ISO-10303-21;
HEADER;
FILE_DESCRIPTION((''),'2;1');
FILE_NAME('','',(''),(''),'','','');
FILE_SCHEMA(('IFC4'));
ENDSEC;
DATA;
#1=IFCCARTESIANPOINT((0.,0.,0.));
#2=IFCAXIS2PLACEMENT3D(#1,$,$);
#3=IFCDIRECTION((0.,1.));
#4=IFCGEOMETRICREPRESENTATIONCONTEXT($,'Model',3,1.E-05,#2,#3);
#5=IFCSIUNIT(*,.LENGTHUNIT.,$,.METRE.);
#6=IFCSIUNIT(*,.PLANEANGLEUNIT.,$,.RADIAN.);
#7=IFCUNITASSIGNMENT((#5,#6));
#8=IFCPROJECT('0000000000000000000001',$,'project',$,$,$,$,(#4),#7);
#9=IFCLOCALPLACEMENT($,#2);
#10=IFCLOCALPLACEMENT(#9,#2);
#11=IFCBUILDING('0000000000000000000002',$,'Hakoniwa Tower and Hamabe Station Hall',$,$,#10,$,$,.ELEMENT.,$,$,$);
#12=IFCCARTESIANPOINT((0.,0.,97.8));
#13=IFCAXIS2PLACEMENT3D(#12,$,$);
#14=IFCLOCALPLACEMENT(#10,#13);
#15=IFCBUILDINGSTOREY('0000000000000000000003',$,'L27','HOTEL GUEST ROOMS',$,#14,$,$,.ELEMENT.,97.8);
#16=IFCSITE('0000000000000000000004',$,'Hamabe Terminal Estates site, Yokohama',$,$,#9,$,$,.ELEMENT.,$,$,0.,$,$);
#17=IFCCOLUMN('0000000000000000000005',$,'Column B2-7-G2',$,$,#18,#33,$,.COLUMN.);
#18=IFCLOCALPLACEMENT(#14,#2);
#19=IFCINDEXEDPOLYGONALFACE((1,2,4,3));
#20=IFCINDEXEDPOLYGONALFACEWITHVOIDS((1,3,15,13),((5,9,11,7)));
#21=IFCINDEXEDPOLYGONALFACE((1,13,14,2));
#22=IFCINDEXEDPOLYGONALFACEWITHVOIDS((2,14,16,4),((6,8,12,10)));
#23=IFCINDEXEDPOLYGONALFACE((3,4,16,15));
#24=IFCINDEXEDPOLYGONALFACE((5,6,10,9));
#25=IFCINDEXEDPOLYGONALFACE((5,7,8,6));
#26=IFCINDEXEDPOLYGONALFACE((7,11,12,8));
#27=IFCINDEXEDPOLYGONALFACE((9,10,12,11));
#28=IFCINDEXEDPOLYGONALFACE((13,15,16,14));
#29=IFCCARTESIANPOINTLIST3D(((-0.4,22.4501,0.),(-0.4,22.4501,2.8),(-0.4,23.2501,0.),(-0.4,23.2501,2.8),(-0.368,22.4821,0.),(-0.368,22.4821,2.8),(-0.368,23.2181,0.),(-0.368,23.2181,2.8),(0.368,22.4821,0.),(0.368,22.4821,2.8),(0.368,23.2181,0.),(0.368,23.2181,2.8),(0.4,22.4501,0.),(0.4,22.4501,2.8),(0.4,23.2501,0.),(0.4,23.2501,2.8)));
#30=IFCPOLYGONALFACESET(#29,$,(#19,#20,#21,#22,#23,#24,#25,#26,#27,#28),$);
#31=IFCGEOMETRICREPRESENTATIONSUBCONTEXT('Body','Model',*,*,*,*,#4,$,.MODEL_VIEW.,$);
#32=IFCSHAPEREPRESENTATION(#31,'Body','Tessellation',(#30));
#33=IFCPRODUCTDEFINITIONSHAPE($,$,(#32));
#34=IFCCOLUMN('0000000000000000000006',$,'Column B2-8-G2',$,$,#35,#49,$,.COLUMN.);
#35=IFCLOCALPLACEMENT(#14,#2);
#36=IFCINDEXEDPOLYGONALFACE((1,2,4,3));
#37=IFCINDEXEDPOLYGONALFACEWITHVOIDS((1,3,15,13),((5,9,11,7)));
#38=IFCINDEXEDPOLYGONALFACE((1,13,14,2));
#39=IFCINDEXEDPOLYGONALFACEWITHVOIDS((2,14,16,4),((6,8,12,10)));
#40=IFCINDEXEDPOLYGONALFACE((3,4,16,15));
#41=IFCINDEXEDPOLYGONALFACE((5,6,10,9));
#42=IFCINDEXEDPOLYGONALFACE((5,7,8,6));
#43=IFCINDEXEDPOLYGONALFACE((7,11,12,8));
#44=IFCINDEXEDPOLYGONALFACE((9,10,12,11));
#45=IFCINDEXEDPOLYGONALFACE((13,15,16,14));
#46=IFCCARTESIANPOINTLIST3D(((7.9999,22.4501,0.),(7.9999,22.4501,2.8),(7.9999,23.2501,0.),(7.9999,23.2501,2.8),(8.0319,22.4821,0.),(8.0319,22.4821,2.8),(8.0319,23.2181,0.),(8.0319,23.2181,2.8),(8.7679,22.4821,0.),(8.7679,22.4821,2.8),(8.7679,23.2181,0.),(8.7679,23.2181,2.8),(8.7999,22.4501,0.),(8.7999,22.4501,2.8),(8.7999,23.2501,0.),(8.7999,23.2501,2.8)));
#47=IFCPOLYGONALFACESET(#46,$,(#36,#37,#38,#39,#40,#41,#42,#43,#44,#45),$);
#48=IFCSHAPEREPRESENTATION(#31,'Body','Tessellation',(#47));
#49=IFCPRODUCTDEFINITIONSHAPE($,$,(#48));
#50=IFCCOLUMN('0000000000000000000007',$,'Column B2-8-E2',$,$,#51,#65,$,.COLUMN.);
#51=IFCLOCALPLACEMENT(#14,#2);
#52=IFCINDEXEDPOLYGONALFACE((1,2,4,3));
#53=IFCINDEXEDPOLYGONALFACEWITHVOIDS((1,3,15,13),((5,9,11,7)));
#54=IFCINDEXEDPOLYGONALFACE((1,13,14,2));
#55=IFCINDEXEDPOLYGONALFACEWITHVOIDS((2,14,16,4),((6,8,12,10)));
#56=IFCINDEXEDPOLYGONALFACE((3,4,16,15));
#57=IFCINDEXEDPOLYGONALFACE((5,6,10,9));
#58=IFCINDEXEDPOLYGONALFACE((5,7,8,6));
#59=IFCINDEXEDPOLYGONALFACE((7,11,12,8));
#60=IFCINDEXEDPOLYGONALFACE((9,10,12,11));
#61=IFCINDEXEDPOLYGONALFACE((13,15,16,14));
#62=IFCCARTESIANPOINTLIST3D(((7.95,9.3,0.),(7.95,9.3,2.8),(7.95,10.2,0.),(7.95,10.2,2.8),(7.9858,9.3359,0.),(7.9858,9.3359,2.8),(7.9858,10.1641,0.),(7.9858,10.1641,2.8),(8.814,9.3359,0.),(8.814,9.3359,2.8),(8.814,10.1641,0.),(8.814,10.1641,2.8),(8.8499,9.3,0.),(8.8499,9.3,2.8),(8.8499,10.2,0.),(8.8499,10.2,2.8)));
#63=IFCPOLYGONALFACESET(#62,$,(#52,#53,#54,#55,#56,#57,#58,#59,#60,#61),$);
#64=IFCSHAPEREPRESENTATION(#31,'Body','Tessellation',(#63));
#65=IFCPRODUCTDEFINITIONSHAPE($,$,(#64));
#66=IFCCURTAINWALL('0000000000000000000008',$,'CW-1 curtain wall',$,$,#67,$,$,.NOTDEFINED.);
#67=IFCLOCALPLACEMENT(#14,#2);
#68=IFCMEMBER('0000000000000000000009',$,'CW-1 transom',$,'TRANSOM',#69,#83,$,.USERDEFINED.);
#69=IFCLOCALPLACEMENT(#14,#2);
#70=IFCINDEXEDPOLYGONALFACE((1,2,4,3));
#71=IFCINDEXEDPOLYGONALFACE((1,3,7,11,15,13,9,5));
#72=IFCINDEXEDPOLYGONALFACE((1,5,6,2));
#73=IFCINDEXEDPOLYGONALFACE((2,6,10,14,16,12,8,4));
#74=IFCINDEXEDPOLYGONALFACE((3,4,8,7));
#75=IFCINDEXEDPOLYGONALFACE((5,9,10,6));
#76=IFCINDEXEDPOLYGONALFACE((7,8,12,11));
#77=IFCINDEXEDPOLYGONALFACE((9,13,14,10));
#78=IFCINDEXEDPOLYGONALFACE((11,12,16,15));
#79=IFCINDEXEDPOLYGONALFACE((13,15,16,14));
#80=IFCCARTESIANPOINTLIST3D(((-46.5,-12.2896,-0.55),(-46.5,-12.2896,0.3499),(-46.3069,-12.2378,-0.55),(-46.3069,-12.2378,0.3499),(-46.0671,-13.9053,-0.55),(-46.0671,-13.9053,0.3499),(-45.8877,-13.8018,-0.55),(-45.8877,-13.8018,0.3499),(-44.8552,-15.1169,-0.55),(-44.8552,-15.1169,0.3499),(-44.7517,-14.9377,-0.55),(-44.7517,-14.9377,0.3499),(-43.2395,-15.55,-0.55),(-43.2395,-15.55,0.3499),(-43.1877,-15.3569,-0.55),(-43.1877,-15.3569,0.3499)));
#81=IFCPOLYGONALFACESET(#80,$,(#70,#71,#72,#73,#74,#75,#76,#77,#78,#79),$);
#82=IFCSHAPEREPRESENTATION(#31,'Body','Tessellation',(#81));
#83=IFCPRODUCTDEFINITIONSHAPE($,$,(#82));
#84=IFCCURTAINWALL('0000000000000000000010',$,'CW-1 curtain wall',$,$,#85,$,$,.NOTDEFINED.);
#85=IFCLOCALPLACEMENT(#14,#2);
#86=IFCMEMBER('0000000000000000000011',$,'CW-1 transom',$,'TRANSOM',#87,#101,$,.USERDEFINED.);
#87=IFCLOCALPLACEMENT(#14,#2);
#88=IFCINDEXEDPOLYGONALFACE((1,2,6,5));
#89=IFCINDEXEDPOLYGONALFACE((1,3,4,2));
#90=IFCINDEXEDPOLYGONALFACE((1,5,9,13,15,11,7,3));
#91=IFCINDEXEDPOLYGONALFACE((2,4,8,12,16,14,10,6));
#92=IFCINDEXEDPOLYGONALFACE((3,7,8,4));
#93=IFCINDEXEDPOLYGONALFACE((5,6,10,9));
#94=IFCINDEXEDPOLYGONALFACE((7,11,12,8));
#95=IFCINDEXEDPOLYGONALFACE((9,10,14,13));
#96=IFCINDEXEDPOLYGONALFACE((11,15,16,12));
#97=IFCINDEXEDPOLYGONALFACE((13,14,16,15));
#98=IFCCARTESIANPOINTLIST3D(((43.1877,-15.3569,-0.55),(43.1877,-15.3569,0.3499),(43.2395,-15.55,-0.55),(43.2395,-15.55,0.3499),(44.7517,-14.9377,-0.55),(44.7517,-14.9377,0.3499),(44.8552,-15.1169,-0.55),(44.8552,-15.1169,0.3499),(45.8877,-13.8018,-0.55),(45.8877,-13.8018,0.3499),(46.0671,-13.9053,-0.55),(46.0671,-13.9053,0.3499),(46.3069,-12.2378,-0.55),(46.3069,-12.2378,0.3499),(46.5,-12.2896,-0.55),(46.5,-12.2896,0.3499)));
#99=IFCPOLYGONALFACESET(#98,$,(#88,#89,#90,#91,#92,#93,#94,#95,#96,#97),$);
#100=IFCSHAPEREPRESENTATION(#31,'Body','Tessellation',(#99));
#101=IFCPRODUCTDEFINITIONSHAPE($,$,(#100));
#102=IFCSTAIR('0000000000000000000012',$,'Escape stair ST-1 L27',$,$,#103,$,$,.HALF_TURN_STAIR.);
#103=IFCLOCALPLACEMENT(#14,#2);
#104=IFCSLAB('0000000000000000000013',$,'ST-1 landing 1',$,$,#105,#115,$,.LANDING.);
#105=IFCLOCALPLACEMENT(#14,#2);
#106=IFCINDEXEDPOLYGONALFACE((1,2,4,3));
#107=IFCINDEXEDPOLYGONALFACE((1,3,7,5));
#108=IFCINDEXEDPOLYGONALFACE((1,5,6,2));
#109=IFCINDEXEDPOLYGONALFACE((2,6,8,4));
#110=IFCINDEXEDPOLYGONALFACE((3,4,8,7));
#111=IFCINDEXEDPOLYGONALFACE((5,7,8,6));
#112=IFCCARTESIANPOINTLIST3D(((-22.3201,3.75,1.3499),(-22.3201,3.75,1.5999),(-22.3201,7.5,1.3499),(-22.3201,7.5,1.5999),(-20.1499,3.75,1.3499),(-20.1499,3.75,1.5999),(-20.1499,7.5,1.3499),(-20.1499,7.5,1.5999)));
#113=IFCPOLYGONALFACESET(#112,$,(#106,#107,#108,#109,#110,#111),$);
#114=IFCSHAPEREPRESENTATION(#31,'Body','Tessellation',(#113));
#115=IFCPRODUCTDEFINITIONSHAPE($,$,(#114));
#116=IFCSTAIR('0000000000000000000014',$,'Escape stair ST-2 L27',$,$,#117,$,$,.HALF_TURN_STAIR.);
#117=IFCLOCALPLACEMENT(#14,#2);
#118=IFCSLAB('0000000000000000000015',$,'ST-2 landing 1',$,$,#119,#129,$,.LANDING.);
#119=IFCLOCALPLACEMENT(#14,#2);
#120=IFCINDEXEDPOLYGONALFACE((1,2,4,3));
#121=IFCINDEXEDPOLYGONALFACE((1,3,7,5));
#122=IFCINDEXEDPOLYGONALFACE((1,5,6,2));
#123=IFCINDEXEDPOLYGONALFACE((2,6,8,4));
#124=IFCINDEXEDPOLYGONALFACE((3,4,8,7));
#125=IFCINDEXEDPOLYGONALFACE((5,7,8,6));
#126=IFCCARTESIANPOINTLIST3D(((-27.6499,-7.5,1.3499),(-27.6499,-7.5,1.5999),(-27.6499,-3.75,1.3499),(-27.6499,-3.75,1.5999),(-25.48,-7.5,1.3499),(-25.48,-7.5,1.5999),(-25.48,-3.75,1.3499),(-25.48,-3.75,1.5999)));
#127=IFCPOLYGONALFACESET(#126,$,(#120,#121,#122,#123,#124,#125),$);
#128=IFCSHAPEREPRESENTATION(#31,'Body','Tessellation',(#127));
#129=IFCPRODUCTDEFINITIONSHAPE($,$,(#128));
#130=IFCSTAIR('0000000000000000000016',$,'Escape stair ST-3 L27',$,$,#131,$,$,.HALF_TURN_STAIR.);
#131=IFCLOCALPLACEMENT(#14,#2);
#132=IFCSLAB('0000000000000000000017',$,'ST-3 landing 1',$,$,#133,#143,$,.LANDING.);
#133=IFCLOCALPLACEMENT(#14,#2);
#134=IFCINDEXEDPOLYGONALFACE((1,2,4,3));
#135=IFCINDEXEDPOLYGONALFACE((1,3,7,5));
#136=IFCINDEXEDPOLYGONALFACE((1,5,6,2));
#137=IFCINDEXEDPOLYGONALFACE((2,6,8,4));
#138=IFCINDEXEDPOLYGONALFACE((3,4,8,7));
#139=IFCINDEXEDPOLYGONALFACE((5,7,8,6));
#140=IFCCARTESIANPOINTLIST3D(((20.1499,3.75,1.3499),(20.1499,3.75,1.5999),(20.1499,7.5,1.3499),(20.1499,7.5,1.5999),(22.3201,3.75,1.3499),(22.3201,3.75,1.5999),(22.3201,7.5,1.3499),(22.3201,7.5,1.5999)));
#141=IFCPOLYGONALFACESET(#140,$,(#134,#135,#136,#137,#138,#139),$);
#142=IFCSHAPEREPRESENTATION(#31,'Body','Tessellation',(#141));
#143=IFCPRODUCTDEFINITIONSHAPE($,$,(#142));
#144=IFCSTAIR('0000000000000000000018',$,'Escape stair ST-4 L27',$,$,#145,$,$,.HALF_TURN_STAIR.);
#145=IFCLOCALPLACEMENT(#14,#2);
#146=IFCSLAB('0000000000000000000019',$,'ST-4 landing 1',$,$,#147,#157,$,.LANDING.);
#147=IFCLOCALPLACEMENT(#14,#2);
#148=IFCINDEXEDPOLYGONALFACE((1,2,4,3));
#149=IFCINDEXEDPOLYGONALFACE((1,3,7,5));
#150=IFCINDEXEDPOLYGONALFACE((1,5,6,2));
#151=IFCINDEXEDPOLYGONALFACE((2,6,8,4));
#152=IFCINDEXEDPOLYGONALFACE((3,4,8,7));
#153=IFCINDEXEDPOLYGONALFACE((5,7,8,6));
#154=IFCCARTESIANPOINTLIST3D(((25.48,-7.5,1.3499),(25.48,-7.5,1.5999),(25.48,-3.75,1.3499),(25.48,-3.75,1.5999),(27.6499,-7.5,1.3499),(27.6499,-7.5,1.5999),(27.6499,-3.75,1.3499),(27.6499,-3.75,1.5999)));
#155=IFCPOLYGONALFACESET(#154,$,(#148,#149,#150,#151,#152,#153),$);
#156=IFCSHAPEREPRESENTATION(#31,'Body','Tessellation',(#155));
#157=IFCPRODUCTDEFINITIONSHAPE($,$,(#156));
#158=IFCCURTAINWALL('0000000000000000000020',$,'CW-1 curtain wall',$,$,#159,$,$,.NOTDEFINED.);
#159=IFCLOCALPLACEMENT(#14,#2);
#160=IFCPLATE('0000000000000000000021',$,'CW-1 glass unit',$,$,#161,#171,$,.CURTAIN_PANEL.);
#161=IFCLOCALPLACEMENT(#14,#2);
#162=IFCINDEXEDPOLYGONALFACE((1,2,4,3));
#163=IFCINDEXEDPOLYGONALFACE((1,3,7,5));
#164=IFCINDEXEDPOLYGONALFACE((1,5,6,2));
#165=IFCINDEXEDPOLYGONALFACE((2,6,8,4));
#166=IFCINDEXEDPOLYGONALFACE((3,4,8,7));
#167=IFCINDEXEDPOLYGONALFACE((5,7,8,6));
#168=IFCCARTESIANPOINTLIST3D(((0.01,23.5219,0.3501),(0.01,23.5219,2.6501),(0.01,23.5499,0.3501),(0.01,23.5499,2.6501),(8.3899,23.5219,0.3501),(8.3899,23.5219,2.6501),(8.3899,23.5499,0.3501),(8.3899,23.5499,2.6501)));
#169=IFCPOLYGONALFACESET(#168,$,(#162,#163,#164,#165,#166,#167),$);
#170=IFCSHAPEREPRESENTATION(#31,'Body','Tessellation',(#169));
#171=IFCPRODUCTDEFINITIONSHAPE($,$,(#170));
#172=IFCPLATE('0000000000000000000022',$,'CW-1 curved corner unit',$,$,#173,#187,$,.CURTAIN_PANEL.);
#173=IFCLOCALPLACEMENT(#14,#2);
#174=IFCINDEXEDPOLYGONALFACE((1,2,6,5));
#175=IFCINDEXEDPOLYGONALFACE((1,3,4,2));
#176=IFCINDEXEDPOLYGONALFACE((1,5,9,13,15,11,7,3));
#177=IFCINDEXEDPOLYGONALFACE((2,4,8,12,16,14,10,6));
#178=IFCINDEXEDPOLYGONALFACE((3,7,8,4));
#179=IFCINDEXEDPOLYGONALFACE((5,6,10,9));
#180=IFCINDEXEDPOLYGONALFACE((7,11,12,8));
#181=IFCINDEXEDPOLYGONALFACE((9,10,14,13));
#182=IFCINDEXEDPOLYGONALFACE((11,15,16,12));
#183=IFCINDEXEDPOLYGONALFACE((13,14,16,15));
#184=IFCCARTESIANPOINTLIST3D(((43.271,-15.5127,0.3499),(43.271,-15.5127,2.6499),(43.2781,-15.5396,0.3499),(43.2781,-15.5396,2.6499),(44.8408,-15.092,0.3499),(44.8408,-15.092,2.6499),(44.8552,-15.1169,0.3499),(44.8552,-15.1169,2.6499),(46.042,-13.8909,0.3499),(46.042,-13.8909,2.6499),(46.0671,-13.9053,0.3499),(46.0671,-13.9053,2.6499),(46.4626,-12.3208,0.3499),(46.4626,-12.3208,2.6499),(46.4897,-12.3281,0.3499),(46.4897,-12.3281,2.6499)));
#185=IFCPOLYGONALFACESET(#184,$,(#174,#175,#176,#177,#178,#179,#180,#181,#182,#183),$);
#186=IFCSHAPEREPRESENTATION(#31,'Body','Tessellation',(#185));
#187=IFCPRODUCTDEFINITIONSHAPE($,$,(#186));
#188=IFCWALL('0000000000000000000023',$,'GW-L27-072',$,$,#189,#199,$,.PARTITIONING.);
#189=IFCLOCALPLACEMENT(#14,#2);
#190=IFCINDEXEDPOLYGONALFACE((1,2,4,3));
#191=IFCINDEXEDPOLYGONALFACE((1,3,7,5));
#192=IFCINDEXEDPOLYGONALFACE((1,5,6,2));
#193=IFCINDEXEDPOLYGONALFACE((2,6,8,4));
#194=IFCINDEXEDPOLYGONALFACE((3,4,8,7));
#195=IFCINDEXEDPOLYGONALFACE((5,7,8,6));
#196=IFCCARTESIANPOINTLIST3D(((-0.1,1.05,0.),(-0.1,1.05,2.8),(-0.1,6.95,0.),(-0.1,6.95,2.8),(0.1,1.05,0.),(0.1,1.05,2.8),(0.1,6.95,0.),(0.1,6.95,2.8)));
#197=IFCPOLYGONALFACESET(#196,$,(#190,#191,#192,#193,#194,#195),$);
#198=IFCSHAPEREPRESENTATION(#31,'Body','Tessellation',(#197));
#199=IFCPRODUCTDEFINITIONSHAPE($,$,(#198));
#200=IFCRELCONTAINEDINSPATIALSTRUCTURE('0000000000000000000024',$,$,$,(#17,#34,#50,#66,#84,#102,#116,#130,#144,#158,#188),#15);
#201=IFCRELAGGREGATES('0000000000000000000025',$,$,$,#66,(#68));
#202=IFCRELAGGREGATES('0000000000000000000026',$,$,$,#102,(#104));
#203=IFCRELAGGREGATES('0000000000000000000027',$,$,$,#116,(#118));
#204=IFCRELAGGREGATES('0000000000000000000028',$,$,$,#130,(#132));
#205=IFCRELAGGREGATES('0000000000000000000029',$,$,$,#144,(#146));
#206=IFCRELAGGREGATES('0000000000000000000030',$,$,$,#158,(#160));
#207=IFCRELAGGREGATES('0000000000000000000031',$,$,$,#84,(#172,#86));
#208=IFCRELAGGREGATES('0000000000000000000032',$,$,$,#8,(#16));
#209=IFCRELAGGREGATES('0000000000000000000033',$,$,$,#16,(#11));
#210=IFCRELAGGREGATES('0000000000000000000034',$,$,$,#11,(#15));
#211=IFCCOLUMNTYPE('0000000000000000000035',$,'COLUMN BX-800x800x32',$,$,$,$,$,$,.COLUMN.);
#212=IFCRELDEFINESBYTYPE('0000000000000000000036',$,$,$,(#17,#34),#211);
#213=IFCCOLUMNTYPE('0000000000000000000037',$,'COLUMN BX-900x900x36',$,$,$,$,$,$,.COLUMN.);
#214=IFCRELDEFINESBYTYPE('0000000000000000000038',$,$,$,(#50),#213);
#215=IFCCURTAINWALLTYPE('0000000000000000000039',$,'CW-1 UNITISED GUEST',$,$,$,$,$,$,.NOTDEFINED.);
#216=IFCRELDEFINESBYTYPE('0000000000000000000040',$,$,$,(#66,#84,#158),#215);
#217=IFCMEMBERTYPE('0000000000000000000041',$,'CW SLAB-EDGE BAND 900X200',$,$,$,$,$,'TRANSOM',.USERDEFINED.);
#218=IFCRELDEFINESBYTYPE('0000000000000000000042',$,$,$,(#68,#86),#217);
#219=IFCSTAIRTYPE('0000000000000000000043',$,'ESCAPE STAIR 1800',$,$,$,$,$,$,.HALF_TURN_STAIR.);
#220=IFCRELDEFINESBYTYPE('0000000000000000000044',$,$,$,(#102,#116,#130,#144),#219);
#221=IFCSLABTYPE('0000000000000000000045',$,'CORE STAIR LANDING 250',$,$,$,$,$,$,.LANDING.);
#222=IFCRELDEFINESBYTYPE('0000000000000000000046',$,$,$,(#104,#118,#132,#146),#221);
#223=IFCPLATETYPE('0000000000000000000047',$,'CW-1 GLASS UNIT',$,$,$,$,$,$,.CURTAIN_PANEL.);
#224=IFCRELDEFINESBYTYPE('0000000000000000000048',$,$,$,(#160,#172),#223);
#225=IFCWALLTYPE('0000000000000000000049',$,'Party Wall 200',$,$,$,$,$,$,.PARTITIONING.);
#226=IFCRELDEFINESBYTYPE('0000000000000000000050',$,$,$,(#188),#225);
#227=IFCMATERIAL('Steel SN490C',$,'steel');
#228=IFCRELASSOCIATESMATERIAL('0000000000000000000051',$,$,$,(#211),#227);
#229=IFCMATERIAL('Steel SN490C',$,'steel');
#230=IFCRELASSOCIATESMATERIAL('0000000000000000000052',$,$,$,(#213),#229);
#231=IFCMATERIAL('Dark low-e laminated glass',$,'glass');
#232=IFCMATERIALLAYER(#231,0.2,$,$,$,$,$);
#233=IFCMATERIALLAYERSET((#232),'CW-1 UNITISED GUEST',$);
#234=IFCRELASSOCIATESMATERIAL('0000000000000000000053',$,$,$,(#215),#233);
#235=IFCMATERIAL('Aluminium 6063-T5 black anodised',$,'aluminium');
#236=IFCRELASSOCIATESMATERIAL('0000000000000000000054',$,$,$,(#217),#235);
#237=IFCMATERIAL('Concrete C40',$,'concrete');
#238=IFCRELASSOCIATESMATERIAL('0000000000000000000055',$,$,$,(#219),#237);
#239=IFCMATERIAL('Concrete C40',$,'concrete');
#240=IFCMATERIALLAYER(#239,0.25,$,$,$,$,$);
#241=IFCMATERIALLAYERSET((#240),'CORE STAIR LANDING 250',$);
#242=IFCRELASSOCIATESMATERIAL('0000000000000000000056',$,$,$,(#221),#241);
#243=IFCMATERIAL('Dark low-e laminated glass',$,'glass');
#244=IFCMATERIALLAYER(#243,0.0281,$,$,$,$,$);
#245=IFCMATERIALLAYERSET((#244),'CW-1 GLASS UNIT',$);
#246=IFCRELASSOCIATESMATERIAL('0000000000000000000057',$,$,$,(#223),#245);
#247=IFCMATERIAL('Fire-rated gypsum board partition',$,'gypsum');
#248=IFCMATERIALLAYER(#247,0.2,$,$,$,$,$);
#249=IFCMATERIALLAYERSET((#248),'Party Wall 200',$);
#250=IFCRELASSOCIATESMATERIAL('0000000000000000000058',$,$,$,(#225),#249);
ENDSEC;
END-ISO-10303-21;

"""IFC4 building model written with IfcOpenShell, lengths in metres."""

from ifc_helpers import new_model, si_unit, direction, frame, frame_2d, origin, origin_2d, place, context, subcontext, project, spatial, polyline, rectangle, hollow_rectangle, outline, extrude, material, layer, layer_set, material_profile, profile_set, type_object, element, aggregate, save


model = new_model("IFC4")

# Units and contexts
model_context = context("Model", 3, precision=1e-05, world=origin(), true_north=direction((0.0, 1.0)))
body_context = subcontext(model_context, "Body", "Model", "MODEL_VIEW")
ifc_project = project(units=[si_unit("LENGTHUNIT", "METRE"), si_unit("PLANEANGLEUNIT", "RADIAN")], contexts=[model_context])

# Site, building, storey
site_placement = place(None, origin())
site = spatial("IfcSite", under=ifc_project, at=site_placement, Name="Hamabe Terminal Estates site, Yokohama", CompositionType="ELEMENT", RefElevation=0.0)
building_placement = place(site_placement, origin())
building = spatial("IfcBuilding", under=site, at=building_placement, Name="Hakoniwa Tower and Hamabe Station Hall", CompositionType="ELEMENT")
storey_placement = place(building_placement, frame((0.0, 0.0, 97.8)))
storey = spatial("IfcBuildingStorey", under=building, at=storey_placement, Name="L27", Description="HOTEL GUEST ROOMS", CompositionType="ELEMENT", Elevation=97.8)

# Columns
ifc_material_1 = material(Name="Steel SN490C", Category="steel")
ifc_material_profile_1 = material_profile(ifc_material_1, hollow_rectangle(XDim=0.8, YDim=0.8, WallThickness=0.032, at=origin_2d()), Name="BX-800x800x32")
ifc_profile_set_1 = profile_set([ifc_material_profile_1], Name="Steel SN490C")
column_type_1 = type_object("IfcColumnType", Name="COLUMN BX-800x800x32", PredefinedType="COLUMN", material=ifc_profile_set_1)
for number, where, z_axis, x_axis, name in (
    (1, (0.0, 22.8501, 0.0), (0.0, 0.0, 1.0), (1.0, 0.0, 0.0), "Column B2-7-G2"),
    (2, (8.3999, 22.8501, 0.0), (0.0, 0.0, 1.0), (1.0, 0.0, 0.0), "Column B2-8-G2"),
):
    element("IfcColumn", number, at=place(storey_placement, frame(where, z_axis=z_axis, x_axis=x_axis)), inside=storey, type_object=column_type_1, Name=name, PredefinedType="COLUMN", context=body_context, shape_type="SweptSolid", body=[
        extrude(hollow_rectangle(XDim=0.8, YDim=0.8, WallThickness=0.032, at=origin_2d()), origin(), (0.0, 0.0, 1.0), 2.8),
    ])
ifc_material_2 = material(Name="Steel SN490C", Category="steel")
ifc_material_profile_2 = material_profile(ifc_material_2, hollow_rectangle(XDim=0.8999, YDim=0.8999, WallThickness=0.0359, at=origin_2d()), Name="BX-900x900x36")
ifc_profile_set_2 = profile_set([ifc_material_profile_2], Name="Steel SN490C")
column_type_2 = type_object("IfcColumnType", Name="COLUMN BX-900x900x36", PredefinedType="COLUMN", material=ifc_profile_set_2)
column_placement = place(storey_placement, frame((8.3999, 9.75, 0.0), z_axis=(0.0, 0.0, 1.0), x_axis=(1.0, 0.0, 0.0)))
element("IfcColumn", 3, at=column_placement, inside=storey, type_object=column_type_2, Name="Column B2-8-E2", PredefinedType="COLUMN", context=body_context, shape_type="SweptSolid", body=[
    extrude(hollow_rectangle(XDim=0.8999, YDim=0.8999, WallThickness=0.0359, at=origin_2d()), origin(), (0.0, 0.0, 1.0), 2.8),
])

# Curtain walls, members
ifc_material_3 = material(Name="Dark low-e laminated glass", Category="glass")
ifc_layer_1 = layer(ifc_material_3, 0.2)
ifc_layer_set_1 = layer_set([ifc_layer_1], Name="CW-1 UNITISED GUEST")
curtain_wall_type = type_object("IfcCurtainWallType", Name="CW-1 UNITISED GUEST", PredefinedType="NOTDEFINED", material=ifc_layer_set_1)
curtain_wall_1_placement = place(storey_placement, origin())
curtain_wall_1 = element("IfcCurtainWall", 4, at=curtain_wall_1_placement, inside=storey, type_object=curtain_wall_type, Name="CW-1 curtain wall", PredefinedType="NOTDEFINED")
ifc_material_4 = material(Name="Aluminium 6063-T5 black anodised", Category="aluminium")
ifc_material_profile_3 = material_profile(ifc_material_4, rectangle(XDim=0.2, YDim=0.8999, at=origin_2d()), Name="CW SLAB-EDGE BAND 900X200")
ifc_profile_set_3 = profile_set([ifc_material_profile_3], Name="Aluminium 6063-T5 black anodised")
member_type = type_object("IfcMemberType", Name="CW SLAB-EDGE BAND 900X200", ElementType="TRANSOM", PredefinedType="USERDEFINED", material=ifc_profile_set_3)
member_1_placement = place(storey_placement, frame((0.0, 0.0, -0.55)))
member_1 = element("IfcMember", 5, at=member_1_placement, type_object=member_type, Name="CW-1 transom", ObjectType="TRANSOM", PredefinedType="USERDEFINED", context=body_context, shape_type="SweptSolid", body=[
    extrude(outline(polyline([(-46.5, -12.2896), (-46.0671, -13.9053), (-44.8552, -15.1169), (-43.2395, -15.55), (-43.1877, -15.3569), (-44.7517, -14.9377), (-45.8877, -13.8018), (-46.3069, -12.2378), (-46.5, -12.2896)])), origin(), (0.0, 0.0, 1.0), 0.8999),
])
aggregate(curtain_wall_1, [member_1])
curtain_wall_2_placement = place(storey_placement, origin())
curtain_wall_2 = element("IfcCurtainWall", 6, at=curtain_wall_2_placement, inside=storey, type_object=curtain_wall_type, Name="CW-1 curtain wall", PredefinedType="NOTDEFINED")
member_2_placement = place(storey_placement, frame((0.0, 0.0, -0.55)))
member_2 = element("IfcMember", 7, at=member_2_placement, type_object=member_type, Name="CW-1 transom", ObjectType="TRANSOM", PredefinedType="USERDEFINED", context=body_context, shape_type="SweptSolid", body=[
    extrude(outline(polyline([(43.2395, -15.55), (44.8552, -15.1169), (46.0671, -13.9053), (46.5, -12.2896), (46.3069, -12.2378), (45.8877, -13.8018), (44.7517, -14.9377), (43.1877, -15.3569), (43.2395, -15.55)])), origin(), (0.0, 0.0, 1.0), 0.8999),
])

# Stairs, slabs
ifc_material_5 = material(Name="Concrete C40", Category="concrete")
stair_type = type_object("IfcStairType", Name="ESCAPE STAIR 1800", PredefinedType="HALF_TURN_STAIR", material=ifc_material_5)
stair_1_placement = place(storey_placement, origin())
stair_1 = element("IfcStair", 8, at=stair_1_placement, inside=storey, type_object=stair_type, Name="Escape stair ST-1 L27", PredefinedType="HALF_TURN_STAIR")
ifc_material_6 = material(Name="Concrete C40", Category="concrete")
ifc_layer_2 = layer(ifc_material_6, 0.25)
ifc_layer_set_2 = layer_set([ifc_layer_2], Name="CORE STAIR LANDING 250")
slab_type = type_object("IfcSlabType", Name="CORE STAIR LANDING 250", PredefinedType="LANDING", material=ifc_layer_set_2)
slab_1_placement = place(storey_placement, frame((0.0, 0.0, 1.3499)))
slab_1 = element("IfcSlab", 9, at=slab_1_placement, type_object=slab_type, Name="ST-1 landing 1", PredefinedType="LANDING", context=body_context, shape_type="SweptSolid", body=[
    extrude(outline(polyline([(-22.3201, 3.75), (-20.1499, 3.75), (-20.1499, 7.5), (-22.3201, 7.5), (-22.3201, 3.75)])), origin(), (0.0, 0.0, 1.0), 0.25),
])
aggregate(stair_1, [slab_1])
stair_2_placement = place(storey_placement, origin())
stair_2 = element("IfcStair", 10, at=stair_2_placement, inside=storey, type_object=stair_type, Name="Escape stair ST-2 L27", PredefinedType="HALF_TURN_STAIR")
slab_2_placement = place(storey_placement, frame((0.0, 0.0, 1.3499)))
slab_2 = element("IfcSlab", 11, at=slab_2_placement, type_object=slab_type, Name="ST-2 landing 1", PredefinedType="LANDING", context=body_context, shape_type="SweptSolid", body=[
    extrude(outline(polyline([(-25.48, -7.5), (-27.6499, -7.5), (-27.6499, -3.75), (-25.48, -3.75), (-25.48, -7.5)])), origin(), (0.0, 0.0, 1.0), 0.25),
])
aggregate(stair_2, [slab_2])
stair_3_placement = place(storey_placement, origin())
stair_3 = element("IfcStair", 12, at=stair_3_placement, inside=storey, type_object=stair_type, Name="Escape stair ST-3 L27", PredefinedType="HALF_TURN_STAIR")
slab_3_placement = place(storey_placement, frame((0.0, 0.0, 1.3499)))
slab_3 = element("IfcSlab", 13, at=slab_3_placement, type_object=slab_type, Name="ST-3 landing 1", PredefinedType="LANDING", context=body_context, shape_type="SweptSolid", body=[
    extrude(outline(polyline([(22.3201, 3.75), (20.1499, 3.75), (20.1499, 7.5), (22.3201, 7.5), (22.3201, 3.75)])), origin(), (0.0, 0.0, 1.0), 0.25),
])
aggregate(stair_3, [slab_3])
stair_4_placement = place(storey_placement, origin())
stair_4 = element("IfcStair", 14, at=stair_4_placement, inside=storey, type_object=stair_type, Name="Escape stair ST-4 L27", PredefinedType="HALF_TURN_STAIR")
slab_4_placement = place(storey_placement, frame((0.0, 0.0, 1.3499)))
slab_4 = element("IfcSlab", 15, at=slab_4_placement, type_object=slab_type, Name="ST-4 landing 1", PredefinedType="LANDING", context=body_context, shape_type="SweptSolid", body=[
    extrude(outline(polyline([(25.48, -7.5), (27.6499, -7.5), (27.6499, -3.75), (25.48, -3.75), (25.48, -7.5)])), origin(), (0.0, 0.0, 1.0), 0.25),
])
aggregate(stair_4, [slab_4])

# Curtain wall, plate
curtain_wall_3_placement = place(storey_placement, origin())
curtain_wall_3 = element("IfcCurtainWall", 16, at=curtain_wall_3_placement, inside=storey, type_object=curtain_wall_type, Name="CW-1 curtain wall", PredefinedType="NOTDEFINED")
ifc_material_7 = material(Name="Dark low-e laminated glass", Category="glass")
ifc_layer_3 = layer(ifc_material_7, 0.0281)
ifc_layer_set_3 = layer_set([ifc_layer_3], Name="CW-1 GLASS UNIT")
plate_type = type_object("IfcPlateType", Name="CW-1 GLASS UNIT", PredefinedType="CURTAIN_PANEL", material=ifc_layer_set_3)
plate_1_placement = place(storey_placement, frame((4.2, 23.5359, 0.3501), z_axis=(0.0, 0.0, 1.0), x_axis=(-1.0, 0.0, 0.0)))
plate_1 = element("IfcPlate", 17, at=plate_1_placement, type_object=plate_type, Name="CW-1 glass unit", PredefinedType="CURTAIN_PANEL", context=body_context, shape_type="SweptSolid", body=[
    extrude(rectangle(XDim=8.3799, YDim=0.0281, at=origin_2d()), origin(), (0.0, 0.0, 1.0), 2.3),
])
aggregate(curtain_wall_3, [plate_1])

# Plate
plate_2_placement = place(storey_placement, frame((0.0, 0.0, 0.3499)))
plate_2 = element("IfcPlate", 18, at=plate_2_placement, type_object=plate_type, Name="CW-1 curved corner unit", PredefinedType="CURTAIN_PANEL", context=body_context, shape_type="SweptSolid", body=[
    extrude(outline(polyline([(43.2781, -15.5396), (44.8552, -15.1169), (46.0671, -13.9053), (46.4897, -12.3281), (46.4626, -12.3208), (46.042, -13.8909), (44.8408, -15.092), (43.271, -15.5127), (43.2781, -15.5396)])), origin(), (0.0, 0.0, 1.0), 2.3),
])
aggregate(curtain_wall_2, [plate_2, member_2])

# Wall
ifc_material_8 = material(Name="Fire-rated gypsum board partition", Category="gypsum")
ifc_layer_4 = layer(ifc_material_8, 0.2)
ifc_layer_set_4 = layer_set([ifc_layer_4], Name="Party Wall 200")
wall_type = type_object("IfcWallType", Name="Party Wall 200", PredefinedType="PARTITIONING", material=ifc_layer_set_4)
wall_1_placement = place(storey_placement, frame((0.0, 1.05, 0.0), z_axis=(0.0, 0.0, 1.0), x_axis=(0.0, 1.0, 0.0)))
element("IfcWall", 19, at=wall_1_placement, inside=storey, type_object=wall_type, Name="GW-L27-072", PredefinedType="PARTITIONING", context=body_context, shape_type="SweptSolid", body=[
    extrude(rectangle(XDim=5.8999, YDim=0.2, at=frame_2d((2.95, 0.0))), origin(), (0.0, 0.0, 1.0), 2.8),
])

save(model, "model.ifc")
